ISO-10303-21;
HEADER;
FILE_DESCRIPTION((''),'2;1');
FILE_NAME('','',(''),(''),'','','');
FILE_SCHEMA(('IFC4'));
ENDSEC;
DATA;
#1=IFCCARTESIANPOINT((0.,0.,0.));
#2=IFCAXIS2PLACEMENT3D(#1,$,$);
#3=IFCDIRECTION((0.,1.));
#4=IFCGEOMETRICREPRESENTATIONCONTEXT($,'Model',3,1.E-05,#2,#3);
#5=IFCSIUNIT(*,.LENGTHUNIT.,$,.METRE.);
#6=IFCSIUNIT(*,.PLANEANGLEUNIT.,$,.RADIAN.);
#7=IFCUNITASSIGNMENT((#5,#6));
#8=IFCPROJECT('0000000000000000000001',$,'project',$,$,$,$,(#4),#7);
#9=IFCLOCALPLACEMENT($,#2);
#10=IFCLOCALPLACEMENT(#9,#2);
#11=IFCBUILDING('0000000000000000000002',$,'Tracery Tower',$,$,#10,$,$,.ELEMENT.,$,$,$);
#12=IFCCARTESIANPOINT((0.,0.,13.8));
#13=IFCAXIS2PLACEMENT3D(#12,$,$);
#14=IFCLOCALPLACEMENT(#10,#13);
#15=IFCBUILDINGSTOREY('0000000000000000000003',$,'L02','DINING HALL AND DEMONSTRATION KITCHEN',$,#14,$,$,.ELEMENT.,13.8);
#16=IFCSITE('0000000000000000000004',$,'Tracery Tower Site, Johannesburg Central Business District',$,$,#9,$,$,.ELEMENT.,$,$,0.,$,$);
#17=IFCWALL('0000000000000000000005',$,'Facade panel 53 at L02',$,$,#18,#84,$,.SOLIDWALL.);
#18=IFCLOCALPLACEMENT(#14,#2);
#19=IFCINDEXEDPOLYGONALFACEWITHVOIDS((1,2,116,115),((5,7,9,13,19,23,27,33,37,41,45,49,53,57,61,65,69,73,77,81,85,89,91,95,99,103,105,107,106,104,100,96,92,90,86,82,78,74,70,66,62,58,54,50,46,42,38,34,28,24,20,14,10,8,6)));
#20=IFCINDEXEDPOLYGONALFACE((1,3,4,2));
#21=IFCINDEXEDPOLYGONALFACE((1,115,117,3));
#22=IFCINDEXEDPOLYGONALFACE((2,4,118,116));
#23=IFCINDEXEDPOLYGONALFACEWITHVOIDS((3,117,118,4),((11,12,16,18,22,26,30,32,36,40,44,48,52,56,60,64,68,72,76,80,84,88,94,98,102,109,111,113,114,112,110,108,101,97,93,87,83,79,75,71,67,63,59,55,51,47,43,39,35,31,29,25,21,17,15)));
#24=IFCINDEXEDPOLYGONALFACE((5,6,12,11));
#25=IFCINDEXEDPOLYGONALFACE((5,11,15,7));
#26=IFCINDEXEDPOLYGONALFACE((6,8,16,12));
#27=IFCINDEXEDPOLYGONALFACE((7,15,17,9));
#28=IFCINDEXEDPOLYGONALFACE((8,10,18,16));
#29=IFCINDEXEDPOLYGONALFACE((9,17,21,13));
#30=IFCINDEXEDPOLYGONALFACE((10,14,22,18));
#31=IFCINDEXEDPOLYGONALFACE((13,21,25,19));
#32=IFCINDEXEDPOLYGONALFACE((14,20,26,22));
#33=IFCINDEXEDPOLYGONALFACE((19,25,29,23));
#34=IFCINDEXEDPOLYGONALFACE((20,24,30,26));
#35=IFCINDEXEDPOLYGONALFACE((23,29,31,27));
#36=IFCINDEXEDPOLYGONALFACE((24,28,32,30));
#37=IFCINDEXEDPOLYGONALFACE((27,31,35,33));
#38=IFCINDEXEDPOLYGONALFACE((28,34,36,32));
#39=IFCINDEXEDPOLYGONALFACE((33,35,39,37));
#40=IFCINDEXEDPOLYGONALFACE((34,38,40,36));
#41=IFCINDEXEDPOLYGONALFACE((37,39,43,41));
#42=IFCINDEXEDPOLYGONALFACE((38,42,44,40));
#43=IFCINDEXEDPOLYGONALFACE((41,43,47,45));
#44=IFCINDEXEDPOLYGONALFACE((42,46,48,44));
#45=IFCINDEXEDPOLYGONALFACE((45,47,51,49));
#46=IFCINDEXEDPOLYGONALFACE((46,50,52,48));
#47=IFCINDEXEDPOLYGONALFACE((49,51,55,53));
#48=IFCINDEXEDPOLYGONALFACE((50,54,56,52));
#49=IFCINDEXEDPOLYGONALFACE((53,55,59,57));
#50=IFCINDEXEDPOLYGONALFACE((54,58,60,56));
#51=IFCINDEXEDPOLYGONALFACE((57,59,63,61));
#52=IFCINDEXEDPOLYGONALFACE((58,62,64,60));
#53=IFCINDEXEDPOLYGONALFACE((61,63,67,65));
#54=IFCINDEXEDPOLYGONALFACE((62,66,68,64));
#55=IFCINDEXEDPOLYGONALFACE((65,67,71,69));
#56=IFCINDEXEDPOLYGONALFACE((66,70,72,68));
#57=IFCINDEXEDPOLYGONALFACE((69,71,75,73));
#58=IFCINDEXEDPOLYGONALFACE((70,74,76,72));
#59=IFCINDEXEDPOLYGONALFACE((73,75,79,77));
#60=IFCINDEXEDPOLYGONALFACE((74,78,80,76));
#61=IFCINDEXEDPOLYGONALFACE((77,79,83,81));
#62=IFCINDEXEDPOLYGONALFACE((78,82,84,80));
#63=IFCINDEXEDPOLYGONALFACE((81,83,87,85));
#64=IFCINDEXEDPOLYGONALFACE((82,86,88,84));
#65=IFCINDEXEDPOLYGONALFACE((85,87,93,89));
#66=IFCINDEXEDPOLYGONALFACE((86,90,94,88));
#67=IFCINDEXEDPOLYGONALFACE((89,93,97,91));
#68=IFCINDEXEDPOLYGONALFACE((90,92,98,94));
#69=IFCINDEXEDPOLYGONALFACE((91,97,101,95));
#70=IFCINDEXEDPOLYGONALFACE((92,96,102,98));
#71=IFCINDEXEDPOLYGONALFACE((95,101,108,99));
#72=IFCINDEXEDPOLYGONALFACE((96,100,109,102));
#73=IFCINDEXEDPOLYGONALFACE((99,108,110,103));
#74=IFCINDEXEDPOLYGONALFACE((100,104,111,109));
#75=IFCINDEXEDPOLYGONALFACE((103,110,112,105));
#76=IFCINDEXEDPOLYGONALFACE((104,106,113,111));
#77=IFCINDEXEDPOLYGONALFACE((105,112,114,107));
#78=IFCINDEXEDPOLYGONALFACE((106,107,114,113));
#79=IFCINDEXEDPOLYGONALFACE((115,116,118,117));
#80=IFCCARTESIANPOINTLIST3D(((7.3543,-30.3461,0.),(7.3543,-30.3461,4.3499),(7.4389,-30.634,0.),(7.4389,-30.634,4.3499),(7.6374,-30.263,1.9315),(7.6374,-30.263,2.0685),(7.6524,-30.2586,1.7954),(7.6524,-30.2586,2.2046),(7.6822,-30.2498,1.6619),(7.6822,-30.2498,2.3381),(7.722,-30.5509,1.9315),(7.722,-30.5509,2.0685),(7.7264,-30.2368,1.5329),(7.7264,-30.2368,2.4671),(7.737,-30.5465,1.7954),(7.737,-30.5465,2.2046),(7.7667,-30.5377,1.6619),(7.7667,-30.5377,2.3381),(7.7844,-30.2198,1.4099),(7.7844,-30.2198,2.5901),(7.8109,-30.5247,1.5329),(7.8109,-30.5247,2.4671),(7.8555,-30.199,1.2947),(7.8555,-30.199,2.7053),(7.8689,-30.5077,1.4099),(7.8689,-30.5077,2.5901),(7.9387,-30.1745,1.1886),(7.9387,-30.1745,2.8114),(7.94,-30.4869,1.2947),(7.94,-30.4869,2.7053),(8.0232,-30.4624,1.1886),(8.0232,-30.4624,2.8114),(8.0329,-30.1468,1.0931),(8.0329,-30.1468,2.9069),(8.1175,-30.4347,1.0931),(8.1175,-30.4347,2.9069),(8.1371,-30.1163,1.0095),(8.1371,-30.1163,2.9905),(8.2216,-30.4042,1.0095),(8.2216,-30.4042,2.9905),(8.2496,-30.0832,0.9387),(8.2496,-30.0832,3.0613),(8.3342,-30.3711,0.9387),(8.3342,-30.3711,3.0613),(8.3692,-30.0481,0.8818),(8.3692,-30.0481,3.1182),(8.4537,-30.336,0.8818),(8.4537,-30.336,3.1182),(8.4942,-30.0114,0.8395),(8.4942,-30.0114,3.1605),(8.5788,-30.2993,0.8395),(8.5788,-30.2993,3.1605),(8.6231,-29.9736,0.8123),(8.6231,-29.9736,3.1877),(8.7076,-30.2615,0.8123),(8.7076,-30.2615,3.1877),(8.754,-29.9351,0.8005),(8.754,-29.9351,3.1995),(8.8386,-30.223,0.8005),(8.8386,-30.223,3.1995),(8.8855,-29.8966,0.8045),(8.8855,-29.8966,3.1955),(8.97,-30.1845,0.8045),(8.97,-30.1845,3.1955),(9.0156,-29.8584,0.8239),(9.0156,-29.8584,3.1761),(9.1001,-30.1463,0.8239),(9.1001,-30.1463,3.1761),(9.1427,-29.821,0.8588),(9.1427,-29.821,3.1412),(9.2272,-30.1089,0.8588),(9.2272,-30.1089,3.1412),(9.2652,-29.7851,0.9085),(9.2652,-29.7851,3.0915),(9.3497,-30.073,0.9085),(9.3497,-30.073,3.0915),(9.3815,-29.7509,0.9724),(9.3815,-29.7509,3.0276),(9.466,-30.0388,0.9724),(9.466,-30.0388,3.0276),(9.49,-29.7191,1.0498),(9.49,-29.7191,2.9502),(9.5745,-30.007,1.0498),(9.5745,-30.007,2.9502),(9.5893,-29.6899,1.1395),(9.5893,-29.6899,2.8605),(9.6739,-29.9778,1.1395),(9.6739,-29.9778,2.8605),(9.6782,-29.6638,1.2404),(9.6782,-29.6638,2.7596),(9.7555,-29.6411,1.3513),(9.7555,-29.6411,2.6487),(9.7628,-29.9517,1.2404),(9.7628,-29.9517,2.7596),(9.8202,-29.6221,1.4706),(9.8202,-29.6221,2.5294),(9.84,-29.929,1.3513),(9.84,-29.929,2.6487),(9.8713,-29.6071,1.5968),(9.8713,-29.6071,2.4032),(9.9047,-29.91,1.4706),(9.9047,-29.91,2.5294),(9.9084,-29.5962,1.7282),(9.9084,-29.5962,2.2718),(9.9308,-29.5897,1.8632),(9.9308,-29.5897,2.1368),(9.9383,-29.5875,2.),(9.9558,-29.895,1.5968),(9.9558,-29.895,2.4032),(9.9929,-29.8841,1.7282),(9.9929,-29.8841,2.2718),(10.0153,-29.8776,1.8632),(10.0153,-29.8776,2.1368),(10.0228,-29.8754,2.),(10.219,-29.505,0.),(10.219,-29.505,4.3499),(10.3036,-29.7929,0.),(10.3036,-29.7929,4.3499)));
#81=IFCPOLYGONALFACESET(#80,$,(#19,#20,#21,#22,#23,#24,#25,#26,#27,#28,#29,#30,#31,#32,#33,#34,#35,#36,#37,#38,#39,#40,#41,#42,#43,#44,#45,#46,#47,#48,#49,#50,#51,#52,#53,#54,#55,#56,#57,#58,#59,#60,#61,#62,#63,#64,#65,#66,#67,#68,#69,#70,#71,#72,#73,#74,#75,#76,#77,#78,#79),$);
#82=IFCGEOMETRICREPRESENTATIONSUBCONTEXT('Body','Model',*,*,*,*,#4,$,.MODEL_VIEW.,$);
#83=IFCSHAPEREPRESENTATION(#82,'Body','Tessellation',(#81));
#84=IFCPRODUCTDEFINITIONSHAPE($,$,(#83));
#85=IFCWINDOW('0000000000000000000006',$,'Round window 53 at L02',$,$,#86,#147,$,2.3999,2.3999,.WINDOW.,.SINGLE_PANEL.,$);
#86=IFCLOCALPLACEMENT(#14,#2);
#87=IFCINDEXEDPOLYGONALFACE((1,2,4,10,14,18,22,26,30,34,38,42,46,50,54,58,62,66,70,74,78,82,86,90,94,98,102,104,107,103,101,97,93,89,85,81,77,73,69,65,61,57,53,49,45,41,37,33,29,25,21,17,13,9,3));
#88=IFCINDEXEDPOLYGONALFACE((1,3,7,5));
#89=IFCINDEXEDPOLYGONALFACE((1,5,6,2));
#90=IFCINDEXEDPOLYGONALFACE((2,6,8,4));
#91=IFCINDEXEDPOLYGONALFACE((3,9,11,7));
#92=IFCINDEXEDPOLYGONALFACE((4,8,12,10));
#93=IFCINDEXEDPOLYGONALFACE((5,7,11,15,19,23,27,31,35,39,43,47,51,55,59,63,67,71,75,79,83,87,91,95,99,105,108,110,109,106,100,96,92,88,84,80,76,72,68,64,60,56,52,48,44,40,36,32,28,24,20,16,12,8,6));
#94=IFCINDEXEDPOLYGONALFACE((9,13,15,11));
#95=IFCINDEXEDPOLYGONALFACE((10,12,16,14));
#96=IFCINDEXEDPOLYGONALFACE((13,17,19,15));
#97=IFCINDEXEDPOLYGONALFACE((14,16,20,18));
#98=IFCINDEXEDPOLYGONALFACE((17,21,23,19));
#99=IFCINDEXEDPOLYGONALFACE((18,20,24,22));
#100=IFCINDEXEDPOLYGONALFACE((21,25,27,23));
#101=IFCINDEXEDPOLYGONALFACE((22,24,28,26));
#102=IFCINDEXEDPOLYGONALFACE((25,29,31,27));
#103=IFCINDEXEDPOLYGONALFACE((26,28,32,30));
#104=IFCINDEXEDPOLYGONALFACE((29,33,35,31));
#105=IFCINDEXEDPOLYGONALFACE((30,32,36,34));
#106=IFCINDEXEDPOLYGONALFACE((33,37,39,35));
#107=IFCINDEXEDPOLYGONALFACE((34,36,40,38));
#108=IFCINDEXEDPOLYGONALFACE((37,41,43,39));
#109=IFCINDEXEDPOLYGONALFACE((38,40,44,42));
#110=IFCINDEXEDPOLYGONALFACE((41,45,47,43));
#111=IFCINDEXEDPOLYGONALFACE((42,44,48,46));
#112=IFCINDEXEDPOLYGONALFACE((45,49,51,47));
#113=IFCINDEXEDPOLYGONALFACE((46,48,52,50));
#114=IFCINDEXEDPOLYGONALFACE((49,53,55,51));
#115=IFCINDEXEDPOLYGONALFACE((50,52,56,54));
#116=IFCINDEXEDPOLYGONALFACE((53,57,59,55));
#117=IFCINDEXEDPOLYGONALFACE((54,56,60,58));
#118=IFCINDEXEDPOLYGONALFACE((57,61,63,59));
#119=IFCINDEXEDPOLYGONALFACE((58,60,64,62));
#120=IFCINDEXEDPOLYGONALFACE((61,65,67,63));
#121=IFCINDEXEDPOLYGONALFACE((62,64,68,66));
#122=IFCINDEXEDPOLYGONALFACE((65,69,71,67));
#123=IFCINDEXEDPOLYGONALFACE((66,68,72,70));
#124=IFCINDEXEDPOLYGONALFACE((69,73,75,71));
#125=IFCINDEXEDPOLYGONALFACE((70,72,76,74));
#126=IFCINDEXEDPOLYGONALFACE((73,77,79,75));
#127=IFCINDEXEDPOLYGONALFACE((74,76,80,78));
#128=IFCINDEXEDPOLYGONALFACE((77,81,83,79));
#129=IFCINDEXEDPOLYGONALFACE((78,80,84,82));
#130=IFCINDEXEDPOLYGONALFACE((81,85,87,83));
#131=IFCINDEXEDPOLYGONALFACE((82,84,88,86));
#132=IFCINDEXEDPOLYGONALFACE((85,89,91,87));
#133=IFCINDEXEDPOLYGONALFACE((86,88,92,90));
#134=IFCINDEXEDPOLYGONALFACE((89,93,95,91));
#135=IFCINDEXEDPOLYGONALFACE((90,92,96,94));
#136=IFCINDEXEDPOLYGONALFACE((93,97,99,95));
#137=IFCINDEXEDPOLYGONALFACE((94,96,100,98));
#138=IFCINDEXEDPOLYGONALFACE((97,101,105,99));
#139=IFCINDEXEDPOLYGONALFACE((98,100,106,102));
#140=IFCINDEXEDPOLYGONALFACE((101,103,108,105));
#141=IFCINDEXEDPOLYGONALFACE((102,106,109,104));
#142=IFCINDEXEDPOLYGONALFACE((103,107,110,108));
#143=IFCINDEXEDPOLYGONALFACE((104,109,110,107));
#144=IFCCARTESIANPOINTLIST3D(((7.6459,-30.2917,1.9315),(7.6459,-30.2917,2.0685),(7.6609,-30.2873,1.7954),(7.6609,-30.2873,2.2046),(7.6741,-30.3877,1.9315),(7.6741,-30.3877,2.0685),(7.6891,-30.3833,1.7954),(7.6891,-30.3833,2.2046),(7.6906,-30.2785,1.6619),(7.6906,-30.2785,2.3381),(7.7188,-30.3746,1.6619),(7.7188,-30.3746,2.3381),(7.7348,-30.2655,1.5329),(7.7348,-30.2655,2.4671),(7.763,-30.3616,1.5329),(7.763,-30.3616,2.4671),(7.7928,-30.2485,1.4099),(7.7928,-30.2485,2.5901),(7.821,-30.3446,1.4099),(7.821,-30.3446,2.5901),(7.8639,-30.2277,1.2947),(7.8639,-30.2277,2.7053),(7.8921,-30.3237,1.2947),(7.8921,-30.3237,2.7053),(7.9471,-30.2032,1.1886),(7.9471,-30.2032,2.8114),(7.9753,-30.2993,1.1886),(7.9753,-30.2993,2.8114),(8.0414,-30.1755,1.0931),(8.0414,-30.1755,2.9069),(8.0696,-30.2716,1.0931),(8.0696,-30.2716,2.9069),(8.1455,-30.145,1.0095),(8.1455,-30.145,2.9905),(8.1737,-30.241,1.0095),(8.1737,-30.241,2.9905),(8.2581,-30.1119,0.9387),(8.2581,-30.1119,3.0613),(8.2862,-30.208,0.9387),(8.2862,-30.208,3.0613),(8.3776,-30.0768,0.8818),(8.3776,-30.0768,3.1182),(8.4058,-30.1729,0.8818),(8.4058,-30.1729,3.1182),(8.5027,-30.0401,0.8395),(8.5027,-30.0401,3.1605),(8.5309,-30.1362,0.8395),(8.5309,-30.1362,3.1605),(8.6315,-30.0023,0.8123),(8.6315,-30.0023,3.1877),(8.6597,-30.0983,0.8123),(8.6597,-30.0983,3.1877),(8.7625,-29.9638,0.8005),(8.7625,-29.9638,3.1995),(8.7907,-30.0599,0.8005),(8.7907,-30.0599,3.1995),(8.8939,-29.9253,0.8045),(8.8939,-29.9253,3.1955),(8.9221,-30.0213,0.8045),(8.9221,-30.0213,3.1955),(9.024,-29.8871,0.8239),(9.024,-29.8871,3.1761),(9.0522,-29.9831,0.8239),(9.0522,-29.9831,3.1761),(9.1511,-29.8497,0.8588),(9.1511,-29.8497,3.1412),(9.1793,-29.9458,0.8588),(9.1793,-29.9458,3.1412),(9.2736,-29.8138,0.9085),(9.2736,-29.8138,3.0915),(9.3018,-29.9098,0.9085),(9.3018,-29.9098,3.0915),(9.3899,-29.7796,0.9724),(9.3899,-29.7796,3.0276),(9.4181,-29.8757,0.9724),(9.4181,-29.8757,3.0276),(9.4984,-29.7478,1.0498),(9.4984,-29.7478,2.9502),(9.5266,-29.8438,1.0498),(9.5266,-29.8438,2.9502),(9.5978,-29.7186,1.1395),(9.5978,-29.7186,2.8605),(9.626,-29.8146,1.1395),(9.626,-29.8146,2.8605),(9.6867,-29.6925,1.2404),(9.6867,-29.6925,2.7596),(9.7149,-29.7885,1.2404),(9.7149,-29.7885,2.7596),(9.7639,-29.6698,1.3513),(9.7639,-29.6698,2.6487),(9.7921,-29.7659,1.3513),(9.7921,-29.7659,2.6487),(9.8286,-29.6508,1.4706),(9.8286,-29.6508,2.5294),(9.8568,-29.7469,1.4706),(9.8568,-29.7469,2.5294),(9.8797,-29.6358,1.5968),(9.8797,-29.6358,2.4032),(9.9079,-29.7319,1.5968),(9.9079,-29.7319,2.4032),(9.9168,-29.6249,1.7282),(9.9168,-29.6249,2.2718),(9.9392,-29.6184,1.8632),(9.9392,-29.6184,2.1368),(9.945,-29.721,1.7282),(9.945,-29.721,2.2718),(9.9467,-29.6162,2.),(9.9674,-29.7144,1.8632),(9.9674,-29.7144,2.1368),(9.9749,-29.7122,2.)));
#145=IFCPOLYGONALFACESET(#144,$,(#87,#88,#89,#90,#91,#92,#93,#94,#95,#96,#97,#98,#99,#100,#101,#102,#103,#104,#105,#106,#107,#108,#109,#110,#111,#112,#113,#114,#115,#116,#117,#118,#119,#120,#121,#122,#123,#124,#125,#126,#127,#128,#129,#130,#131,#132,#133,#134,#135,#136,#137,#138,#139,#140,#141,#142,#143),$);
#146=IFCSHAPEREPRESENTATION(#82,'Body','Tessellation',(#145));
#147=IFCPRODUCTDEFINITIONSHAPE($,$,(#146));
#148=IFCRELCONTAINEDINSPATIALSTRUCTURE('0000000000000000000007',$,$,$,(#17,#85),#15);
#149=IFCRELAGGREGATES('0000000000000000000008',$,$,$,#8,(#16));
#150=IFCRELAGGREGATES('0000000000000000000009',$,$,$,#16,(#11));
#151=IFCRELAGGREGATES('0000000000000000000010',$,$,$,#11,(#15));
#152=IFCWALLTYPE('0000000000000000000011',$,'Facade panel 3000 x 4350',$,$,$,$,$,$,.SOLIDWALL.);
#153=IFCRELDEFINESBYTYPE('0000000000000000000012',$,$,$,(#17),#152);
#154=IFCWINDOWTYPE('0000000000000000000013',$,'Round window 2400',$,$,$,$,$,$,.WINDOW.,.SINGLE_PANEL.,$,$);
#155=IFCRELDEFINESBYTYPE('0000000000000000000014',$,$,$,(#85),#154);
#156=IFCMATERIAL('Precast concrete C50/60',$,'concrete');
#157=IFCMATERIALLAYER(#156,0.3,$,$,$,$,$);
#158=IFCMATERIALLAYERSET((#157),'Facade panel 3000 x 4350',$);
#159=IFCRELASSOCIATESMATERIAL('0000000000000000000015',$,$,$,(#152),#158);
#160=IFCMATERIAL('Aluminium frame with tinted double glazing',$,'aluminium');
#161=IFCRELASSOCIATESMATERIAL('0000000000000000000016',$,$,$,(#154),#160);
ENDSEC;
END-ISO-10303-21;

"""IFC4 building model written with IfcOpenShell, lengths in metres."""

from ifc_helpers import new_model, si_unit, direction, frame, frame_2d, origin, origin_2d, place, context, subcontext, project, spatial, rectangle, circle, extrude, material, layer, layer_set, type_object, element, fill, save


model = new_model("IFC4")

# Units and contexts
model_context = context("Model", 3, precision=1e-05, world=origin(), true_north=direction((0.0, 1.0)))
body_context = subcontext(model_context, "Body", "Model", "MODEL_VIEW")
ifc_project = project(units=[si_unit("LENGTHUNIT", "METRE"), si_unit("PLANEANGLEUNIT", "RADIAN")], contexts=[model_context])

# Site, building, storey
site_placement = place(None, origin())
site = spatial("IfcSite", under=ifc_project, at=site_placement, Name="Tracery Tower Site, Johannesburg Central Business District", CompositionType="ELEMENT", RefElevation=0.0)
building_placement = place(site_placement, origin())
building = spatial("IfcBuilding", under=site, at=building_placement, Name="Tracery Tower", CompositionType="ELEMENT")
storey_placement = place(building_placement, frame((0.0, 0.0, 13.8)))
storey = spatial("IfcBuildingStorey", under=building, at=storey_placement, Name="L02", Description="DINING HALL AND DEMONSTRATION KITCHEN", CompositionType="ELEMENT", Elevation=13.8)

# Wall, opening, window
ifc_material_1 = material(Name="Precast concrete C50/60", Category="concrete")
ifc_layer_1 = layer(ifc_material_1, 0.3)
ifc_layer_set_1 = layer_set([ifc_layer_1], Name="Facade panel 3000 x 4350")
wall_type_1 = type_object("IfcWallType", Name="Facade panel 3000 x 4350", PredefinedType="SOLIDWALL", material=ifc_layer_set_1)
ifc_material_2 = material(Name="Aluminium frame with tinted double glazing", Category="aluminium")
window_type = type_object("IfcWindowType", Name="Round window 2400", PartitioningType="SINGLE_PANEL", PredefinedType="WINDOW", material=ifc_material_2)
wall_1_placement = place(storey_placement, frame((7.3967, -30.49, 0.0), z_axis=(0.0, 0.0, 1.0), x_axis=(0.959502, 0.281701, 0.0)))
wall_1 = element("IfcWall", 1, at=wall_1_placement, inside=storey, type_object=wall_type_1, Name="Facade panel 53 at L02", PredefinedType="SOLIDWALL", context=body_context, shape_type="SweptSolid", body=[
    extrude(rectangle(XDim=2.9856, YDim=0.3, at=frame_2d((1.4927, 0.0))), origin(), (0.0, 0.0, 1.0), 4.3499),
])
opening_1_placement = place(wall_1_placement, frame((1.4929, 0.0, 2.0)))
opening_1 = element("IfcOpeningElement", 2, at=opening_1_placement, cuts=wall_1, PredefinedType="OPENING", context=body_context, shape_type="SweptSolid", body=[
    extrude(circle(Radius=1.2, at=origin_2d()), frame((0.0, 0.1599, 0.0), z_axis=(0.0, -1.0, 0.0), x_axis=(1.0, 0.0, 0.0)), (0.0, 0.0, 1.0), 0.3201),
])
window_1_placement = place(opening_1_placement, origin())
window_1 = element("IfcWindow", 3, at=window_1_placement, inside=storey, type_object=window_type, Name="Round window 53 at L02", OverallHeight=2.3999, OverallWidth=2.3999, PartitioningType="SINGLE_PANEL", PredefinedType="WINDOW", context=body_context, shape_type="SweptSolid", body=[
    extrude(circle(Radius=1.2, at=origin_2d()), frame((0.0, 0.1201, 0.0), z_axis=(0.0, -1.0, 0.0), x_axis=(1.0, 0.0, 0.0)), (0.0, 0.0, 1.0), 0.1001),
])
fill(opening_1, window_1)

save(model, "model.ifc")
